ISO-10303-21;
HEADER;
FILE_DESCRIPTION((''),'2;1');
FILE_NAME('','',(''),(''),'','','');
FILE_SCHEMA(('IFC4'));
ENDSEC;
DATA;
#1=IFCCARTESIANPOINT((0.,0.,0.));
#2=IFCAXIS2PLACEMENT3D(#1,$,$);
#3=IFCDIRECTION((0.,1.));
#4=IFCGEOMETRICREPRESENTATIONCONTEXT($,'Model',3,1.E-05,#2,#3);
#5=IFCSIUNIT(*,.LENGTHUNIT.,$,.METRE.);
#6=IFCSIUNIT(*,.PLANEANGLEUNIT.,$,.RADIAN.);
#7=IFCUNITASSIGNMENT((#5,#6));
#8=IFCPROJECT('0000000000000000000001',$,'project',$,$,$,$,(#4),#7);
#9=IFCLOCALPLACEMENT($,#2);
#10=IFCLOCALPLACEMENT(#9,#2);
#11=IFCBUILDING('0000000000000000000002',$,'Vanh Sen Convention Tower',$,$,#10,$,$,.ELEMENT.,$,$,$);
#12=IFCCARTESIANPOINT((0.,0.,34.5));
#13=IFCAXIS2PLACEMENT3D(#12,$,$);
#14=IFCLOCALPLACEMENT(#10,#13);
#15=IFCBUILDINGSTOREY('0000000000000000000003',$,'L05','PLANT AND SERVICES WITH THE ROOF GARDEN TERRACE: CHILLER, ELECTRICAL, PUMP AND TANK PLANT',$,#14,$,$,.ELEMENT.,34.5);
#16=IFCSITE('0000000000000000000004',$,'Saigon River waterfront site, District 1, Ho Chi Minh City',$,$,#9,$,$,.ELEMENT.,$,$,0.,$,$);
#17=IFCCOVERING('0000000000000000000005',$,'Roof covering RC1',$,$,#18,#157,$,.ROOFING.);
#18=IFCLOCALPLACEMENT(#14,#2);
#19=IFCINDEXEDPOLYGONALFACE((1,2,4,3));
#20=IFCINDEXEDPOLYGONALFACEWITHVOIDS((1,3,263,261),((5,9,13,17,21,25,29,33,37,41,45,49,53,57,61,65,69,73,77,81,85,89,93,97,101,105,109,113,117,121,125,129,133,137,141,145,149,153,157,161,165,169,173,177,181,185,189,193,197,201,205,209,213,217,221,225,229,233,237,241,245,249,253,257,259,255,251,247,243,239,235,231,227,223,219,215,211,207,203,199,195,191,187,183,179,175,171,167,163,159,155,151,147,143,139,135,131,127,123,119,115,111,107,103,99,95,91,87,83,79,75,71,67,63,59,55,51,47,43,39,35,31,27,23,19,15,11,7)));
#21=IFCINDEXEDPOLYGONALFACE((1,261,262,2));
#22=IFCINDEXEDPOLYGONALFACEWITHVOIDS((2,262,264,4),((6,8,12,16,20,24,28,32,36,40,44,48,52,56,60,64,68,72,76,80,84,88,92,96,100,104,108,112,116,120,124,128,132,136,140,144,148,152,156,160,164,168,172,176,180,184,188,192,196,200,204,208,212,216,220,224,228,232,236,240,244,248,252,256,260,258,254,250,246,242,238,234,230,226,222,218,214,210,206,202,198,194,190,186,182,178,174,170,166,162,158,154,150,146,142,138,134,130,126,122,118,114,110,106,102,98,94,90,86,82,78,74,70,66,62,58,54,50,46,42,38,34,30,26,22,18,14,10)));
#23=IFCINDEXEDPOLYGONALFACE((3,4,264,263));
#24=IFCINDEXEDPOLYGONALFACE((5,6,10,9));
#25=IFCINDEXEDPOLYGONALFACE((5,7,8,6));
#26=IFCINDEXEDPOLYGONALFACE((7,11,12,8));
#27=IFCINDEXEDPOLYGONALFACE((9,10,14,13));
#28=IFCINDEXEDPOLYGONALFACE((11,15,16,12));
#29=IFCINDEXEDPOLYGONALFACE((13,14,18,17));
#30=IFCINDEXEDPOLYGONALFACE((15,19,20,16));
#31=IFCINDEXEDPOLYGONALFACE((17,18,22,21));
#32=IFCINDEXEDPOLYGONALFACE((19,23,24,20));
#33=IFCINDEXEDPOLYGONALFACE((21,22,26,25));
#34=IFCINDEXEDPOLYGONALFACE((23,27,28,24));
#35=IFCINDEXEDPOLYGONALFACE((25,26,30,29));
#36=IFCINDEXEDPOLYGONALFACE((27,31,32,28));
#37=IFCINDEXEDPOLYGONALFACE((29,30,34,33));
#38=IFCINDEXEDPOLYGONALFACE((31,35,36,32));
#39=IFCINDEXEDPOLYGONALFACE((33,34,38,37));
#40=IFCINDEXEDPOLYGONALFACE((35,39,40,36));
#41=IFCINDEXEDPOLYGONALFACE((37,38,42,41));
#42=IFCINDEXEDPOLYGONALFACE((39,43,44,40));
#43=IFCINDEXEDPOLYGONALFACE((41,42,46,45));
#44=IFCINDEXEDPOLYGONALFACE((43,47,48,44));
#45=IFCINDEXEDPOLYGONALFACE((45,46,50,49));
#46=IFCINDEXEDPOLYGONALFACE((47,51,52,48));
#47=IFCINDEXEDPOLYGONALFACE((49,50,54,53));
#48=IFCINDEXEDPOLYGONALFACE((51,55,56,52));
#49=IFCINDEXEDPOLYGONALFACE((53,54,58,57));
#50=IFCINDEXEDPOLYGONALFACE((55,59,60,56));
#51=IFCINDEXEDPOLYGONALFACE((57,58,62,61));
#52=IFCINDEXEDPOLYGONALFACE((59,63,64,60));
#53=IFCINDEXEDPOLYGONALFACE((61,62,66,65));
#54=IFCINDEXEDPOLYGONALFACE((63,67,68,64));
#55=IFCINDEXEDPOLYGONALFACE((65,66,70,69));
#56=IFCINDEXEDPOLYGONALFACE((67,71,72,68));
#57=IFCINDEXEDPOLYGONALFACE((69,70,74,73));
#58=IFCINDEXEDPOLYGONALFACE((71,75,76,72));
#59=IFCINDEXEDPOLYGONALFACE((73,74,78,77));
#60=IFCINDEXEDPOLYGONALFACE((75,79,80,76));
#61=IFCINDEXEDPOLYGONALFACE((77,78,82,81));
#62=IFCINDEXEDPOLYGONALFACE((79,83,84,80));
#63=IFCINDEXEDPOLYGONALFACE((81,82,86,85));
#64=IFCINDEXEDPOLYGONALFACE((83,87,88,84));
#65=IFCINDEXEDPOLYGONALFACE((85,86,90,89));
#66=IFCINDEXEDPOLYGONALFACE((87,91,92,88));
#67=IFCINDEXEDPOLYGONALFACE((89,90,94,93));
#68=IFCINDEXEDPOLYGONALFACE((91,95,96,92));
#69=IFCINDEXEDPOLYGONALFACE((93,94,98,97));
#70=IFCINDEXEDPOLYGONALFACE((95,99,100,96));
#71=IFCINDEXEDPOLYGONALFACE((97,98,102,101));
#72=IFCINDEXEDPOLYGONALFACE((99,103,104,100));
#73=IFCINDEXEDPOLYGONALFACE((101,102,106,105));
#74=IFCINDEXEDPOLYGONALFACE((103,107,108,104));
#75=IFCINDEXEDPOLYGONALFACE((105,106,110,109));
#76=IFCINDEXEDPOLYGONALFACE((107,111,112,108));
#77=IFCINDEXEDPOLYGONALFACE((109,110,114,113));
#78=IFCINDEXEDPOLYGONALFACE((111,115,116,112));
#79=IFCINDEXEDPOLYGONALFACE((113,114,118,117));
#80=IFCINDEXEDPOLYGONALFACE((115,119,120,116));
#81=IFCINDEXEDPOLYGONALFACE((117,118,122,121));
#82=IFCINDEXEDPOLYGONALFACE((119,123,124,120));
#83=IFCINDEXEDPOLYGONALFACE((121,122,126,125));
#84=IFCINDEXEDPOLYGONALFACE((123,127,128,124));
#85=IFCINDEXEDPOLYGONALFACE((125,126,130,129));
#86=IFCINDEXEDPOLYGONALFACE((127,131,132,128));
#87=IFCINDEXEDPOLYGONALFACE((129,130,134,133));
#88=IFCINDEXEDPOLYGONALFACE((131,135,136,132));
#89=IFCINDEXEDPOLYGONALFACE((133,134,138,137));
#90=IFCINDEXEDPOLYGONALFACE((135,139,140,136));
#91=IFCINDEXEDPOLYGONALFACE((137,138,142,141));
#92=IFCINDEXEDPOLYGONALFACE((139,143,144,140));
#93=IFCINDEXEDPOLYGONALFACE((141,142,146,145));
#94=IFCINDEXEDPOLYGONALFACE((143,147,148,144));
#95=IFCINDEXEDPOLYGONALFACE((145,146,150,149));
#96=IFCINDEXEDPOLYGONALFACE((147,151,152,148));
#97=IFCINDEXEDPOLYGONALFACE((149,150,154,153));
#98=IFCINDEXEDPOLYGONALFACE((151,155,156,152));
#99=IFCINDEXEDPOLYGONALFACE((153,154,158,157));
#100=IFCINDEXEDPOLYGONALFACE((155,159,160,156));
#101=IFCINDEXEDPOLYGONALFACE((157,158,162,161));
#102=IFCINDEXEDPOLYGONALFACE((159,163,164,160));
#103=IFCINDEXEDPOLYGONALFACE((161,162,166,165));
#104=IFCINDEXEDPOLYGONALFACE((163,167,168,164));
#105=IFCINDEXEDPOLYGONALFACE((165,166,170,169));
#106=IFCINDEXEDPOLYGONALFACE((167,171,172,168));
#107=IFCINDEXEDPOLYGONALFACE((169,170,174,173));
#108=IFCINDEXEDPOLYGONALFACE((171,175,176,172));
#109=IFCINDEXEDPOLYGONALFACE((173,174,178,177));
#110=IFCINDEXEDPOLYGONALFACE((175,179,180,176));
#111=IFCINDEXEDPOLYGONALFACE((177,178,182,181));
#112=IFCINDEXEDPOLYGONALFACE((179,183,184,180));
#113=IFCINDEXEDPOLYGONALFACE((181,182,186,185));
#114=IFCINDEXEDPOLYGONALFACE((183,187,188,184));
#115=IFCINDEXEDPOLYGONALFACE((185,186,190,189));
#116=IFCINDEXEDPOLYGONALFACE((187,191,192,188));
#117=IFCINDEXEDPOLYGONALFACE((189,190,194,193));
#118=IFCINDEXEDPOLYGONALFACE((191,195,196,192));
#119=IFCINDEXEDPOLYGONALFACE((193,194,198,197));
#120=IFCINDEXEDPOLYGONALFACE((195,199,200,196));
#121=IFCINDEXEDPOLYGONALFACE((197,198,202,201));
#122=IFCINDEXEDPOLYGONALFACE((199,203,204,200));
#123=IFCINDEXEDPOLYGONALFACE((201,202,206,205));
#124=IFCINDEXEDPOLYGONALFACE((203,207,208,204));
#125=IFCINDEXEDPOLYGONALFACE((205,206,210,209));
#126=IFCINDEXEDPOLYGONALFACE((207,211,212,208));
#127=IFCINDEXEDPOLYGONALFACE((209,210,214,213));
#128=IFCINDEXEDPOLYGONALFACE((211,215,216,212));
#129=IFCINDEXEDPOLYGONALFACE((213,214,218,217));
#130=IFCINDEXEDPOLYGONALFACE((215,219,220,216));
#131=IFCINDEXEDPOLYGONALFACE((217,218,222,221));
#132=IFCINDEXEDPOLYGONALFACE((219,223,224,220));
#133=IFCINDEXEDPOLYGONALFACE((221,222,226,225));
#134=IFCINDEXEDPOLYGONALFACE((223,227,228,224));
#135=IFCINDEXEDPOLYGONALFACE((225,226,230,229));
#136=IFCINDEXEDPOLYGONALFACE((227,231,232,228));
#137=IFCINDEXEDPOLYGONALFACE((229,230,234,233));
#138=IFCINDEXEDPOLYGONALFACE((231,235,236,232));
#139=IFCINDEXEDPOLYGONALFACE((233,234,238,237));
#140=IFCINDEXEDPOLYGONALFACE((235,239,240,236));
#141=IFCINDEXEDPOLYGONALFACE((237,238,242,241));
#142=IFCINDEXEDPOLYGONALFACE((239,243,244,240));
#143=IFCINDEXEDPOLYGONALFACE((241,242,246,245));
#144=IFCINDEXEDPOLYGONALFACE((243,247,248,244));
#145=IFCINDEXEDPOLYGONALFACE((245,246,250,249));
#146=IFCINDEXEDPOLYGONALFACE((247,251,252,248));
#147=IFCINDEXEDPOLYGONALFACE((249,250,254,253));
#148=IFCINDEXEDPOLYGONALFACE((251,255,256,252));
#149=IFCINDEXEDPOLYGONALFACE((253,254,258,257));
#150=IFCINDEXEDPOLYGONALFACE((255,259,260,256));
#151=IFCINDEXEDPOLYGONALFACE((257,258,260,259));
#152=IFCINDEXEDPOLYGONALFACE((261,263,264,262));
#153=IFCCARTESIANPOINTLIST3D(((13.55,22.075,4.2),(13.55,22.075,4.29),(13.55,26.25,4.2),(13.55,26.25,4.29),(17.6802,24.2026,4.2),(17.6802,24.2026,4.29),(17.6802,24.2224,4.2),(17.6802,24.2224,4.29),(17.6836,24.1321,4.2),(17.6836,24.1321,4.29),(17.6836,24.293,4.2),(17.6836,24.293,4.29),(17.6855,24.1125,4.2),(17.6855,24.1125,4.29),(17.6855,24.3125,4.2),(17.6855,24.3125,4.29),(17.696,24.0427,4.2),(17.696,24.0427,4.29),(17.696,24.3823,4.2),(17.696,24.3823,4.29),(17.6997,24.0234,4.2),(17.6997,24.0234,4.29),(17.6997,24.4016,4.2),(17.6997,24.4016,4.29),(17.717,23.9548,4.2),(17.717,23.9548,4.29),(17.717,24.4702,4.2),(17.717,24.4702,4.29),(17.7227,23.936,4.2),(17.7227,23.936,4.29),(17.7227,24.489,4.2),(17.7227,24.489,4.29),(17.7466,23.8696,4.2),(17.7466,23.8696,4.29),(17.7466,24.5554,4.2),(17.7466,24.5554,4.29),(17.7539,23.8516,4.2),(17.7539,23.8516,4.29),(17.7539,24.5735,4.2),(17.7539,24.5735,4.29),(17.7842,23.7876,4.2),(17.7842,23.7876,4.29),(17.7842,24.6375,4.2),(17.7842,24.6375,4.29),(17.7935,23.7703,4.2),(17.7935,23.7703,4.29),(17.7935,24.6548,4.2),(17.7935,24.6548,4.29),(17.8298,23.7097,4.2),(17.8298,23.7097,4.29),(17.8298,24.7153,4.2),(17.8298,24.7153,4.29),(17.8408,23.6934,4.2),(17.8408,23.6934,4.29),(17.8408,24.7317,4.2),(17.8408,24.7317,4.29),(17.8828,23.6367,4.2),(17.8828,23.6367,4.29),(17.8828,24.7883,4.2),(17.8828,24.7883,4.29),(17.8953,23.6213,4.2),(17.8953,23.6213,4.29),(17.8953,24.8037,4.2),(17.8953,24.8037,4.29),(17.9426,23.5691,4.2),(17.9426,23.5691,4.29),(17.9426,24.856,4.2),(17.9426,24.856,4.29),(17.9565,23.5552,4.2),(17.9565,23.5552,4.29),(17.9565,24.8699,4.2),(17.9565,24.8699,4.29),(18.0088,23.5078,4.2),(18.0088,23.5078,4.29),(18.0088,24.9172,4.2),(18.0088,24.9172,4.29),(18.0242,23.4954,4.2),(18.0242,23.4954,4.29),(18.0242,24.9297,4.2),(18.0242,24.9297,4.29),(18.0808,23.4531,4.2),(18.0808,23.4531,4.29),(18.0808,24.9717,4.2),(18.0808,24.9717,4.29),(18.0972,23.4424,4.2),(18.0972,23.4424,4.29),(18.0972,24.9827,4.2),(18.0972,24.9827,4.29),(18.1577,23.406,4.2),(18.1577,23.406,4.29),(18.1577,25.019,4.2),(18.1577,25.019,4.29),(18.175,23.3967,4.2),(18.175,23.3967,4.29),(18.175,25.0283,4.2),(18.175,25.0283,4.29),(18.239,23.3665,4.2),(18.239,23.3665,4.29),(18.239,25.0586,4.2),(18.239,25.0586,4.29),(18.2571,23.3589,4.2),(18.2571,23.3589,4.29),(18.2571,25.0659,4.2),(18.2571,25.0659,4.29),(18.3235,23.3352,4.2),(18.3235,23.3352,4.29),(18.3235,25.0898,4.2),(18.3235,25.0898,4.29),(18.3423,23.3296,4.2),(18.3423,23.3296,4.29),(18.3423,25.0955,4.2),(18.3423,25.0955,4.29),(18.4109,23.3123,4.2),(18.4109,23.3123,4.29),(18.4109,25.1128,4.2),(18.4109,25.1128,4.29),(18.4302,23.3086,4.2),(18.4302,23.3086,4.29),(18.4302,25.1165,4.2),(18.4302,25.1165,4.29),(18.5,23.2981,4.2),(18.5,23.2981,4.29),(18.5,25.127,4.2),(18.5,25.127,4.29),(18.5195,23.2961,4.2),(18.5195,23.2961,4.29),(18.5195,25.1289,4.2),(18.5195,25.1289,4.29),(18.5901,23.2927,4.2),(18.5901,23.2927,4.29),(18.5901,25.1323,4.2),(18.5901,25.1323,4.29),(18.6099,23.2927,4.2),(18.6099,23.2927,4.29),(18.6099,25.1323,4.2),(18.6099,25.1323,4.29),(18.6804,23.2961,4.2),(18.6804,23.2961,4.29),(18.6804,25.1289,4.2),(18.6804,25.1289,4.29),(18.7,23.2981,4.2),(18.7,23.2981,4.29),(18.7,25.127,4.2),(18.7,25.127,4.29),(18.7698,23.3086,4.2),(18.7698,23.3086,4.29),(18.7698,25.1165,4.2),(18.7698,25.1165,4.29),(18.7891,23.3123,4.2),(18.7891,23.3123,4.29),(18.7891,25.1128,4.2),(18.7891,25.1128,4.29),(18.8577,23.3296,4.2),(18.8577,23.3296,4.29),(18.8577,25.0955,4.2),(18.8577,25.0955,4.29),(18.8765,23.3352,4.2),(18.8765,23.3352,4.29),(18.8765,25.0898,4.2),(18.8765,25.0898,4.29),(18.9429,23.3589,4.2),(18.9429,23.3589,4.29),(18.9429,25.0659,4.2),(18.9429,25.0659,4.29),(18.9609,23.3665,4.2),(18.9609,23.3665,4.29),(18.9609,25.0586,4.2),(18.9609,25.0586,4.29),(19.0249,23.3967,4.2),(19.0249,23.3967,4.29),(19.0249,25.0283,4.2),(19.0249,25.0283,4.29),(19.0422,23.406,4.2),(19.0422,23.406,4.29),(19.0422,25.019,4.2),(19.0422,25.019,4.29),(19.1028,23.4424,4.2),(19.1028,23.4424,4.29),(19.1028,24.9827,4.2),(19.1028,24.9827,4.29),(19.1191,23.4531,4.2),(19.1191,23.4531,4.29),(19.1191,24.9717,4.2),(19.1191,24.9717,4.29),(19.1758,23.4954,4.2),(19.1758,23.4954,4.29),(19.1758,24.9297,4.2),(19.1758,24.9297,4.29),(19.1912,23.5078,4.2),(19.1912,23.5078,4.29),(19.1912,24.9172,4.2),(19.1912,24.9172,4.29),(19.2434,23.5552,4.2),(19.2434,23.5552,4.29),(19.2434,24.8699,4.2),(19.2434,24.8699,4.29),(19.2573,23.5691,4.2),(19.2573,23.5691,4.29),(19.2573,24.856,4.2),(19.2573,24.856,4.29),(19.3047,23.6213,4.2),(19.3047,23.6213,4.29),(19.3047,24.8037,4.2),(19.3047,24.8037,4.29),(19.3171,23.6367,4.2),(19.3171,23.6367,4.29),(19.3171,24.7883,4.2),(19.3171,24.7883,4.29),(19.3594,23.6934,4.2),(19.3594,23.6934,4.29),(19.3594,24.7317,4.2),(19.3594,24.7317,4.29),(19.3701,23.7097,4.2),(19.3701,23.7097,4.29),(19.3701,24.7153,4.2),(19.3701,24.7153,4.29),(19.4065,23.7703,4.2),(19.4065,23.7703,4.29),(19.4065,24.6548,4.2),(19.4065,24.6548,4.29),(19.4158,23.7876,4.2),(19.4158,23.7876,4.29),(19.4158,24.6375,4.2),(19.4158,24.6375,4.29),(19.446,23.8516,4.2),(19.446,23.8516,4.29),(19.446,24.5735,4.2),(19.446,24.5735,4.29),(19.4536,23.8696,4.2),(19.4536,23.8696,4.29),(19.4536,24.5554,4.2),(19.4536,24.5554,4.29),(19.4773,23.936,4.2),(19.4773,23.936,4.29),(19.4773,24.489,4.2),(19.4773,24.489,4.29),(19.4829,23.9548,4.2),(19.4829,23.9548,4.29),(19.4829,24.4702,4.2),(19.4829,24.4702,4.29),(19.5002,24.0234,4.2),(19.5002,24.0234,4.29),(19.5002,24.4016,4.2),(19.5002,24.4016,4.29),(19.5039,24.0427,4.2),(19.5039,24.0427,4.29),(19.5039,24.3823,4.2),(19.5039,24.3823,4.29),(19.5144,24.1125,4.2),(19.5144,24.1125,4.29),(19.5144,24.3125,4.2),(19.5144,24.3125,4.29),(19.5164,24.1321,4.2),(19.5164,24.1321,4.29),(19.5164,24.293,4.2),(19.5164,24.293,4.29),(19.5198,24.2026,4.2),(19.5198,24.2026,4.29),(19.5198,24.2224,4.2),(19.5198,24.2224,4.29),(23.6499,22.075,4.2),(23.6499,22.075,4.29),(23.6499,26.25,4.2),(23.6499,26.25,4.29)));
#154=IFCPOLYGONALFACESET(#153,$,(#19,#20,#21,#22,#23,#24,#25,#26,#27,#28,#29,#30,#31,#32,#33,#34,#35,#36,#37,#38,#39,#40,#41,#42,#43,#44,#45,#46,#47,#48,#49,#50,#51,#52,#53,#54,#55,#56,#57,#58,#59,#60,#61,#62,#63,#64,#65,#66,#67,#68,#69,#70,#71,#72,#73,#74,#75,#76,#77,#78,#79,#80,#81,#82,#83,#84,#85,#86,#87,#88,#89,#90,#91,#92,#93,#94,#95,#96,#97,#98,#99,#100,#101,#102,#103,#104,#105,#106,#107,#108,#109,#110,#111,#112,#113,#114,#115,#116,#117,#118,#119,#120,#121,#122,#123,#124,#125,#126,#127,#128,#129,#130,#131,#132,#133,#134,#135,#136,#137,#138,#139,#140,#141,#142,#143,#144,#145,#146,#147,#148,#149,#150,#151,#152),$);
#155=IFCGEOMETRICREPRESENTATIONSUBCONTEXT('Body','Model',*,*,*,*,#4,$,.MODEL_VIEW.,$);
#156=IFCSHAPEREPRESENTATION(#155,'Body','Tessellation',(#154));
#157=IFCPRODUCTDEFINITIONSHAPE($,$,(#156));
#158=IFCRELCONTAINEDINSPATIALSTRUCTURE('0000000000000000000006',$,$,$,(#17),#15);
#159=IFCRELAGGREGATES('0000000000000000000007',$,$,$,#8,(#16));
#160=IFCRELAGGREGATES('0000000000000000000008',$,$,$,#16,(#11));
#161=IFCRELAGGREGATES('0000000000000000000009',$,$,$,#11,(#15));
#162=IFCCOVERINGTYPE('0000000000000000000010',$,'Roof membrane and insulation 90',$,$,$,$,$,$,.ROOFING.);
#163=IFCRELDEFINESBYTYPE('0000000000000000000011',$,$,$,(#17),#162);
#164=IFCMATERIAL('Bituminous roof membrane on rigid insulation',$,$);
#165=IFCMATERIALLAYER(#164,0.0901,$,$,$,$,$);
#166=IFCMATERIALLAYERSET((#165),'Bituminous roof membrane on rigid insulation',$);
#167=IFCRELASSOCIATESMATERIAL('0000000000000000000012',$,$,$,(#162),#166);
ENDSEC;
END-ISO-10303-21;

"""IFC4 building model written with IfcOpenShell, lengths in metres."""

from ifc_helpers import new_model, si_unit, direction, frame, origin, place, context, subcontext, project, spatial, polyline, outline, extrude, material, layer, layer_set, type_object, element, save


model = new_model("IFC4")

# Units and contexts
model_context = context("Model", 3, precision=1e-05, world=origin(), true_north=direction((0.0, 1.0)))
body_context = subcontext(model_context, "Body", "Model", "MODEL_VIEW")
ifc_project = project(units=[si_unit("LENGTHUNIT", "METRE"), si_unit("PLANEANGLEUNIT", "RADIAN")], contexts=[model_context])

# Site, building, storey
site_placement = place(None, origin())
site = spatial("IfcSite", under=ifc_project, at=site_placement, Name="Saigon River waterfront site, District 1, Ho Chi Minh City", CompositionType="ELEMENT", RefElevation=0.0)
building_placement = place(site_placement, origin())
building = spatial("IfcBuilding", under=site, at=building_placement, Name="Vanh Sen Convention Tower", CompositionType="ELEMENT")
storey_placement = place(building_placement, frame((0.0, 0.0, 34.5)))
storey = spatial("IfcBuildingStorey", under=building, at=storey_placement, Name="L05", Description="PLANT AND SERVICES WITH THE ROOF GARDEN TERRACE: CHILLER, ELECTRICAL, PUMP AND TANK PLANT", CompositionType="ELEMENT", Elevation=34.5)

# Covering
ifc_material_1 = material(Name="Bituminous roof membrane on rigid insulation")
ifc_layer_1 = layer(ifc_material_1, 0.0901)
ifc_layer_set_1 = layer_set([ifc_layer_1], Name="Bituminous roof membrane on rigid insulation")
covering_type = type_object("IfcCoveringType", Name="Roof membrane and insulation 90", PredefinedType="ROOFING", material=ifc_layer_set_1)
covering_1_placement = place(storey_placement, frame((0.0, 0.0, 4.2)))
element("IfcCovering", 1, at=covering_1_placement, inside=storey, type_object=covering_type, Name="Roof covering RC1", PredefinedType="ROOFING", context=body_context, shape_type="SweptSolid", body=[
    extrude(outline(polyline([(13.55, 22.075), (23.6499, 22.075), (23.6499, 26.25), (13.55, 26.25), (13.55, 22.075)]), holes=[polyline([(19.4536, 23.8696), (19.4773, 23.936), (19.4829, 23.9548), (19.5002, 24.0234), (19.5039, 24.0427), (19.5144, 24.1125), (19.5164, 24.1321), (19.5198, 24.2026), (19.5198, 24.2224), (19.5164, 24.293), (19.5144, 24.3125), (19.5039, 24.3823), (19.5002, 24.4016), (19.4829, 24.4702), (19.4773, 24.489), (19.4536, 24.5554), (19.446, 24.5735), (19.4158, 24.6375), (19.4065, 24.6548), (19.3701, 24.7153), (19.3594, 24.7317), (19.3171, 24.7883), (19.3047, 24.8037), (19.2573, 24.856), (19.2434, 24.8699), (19.1912, 24.9172), (19.1758, 24.9297), (19.1191, 24.9717), (19.1028, 24.9827), (19.0422, 25.019), (19.0249, 25.0283), (18.9609, 25.0586), (18.9429, 25.0659), (18.8765, 25.0898), (18.8577, 25.0955), (18.7891, 25.1128), (18.7698, 25.1165), (18.7, 25.127), (18.6804, 25.1289), (18.6099, 25.1323), (18.5901, 25.1323), (18.5195, 25.1289), (18.5, 25.127), (18.4302, 25.1165), (18.4109, 25.1128), (18.3423, 25.0955), (18.3235, 25.0898), (18.2571, 25.0659), (18.239, 25.0586), (18.175, 25.0283), (18.1577, 25.019), (18.0972, 24.9827), (18.0808, 24.9717), (18.0242, 24.9297), (18.0088, 24.9172), (17.9565, 24.8699), (17.9426, 24.856), (17.8953, 24.8037), (17.8828, 24.7883), (17.8408, 24.7317), (17.8298, 24.7153), (17.7935, 24.6548), (17.7842, 24.6375), (17.7539, 24.5735), (17.7466, 24.5554), (17.7227, 24.489), (17.717, 24.4702), (17.6997, 24.4016), (17.696, 24.3823), (17.6855, 24.3125), (17.6836, 24.293), (17.6802, 24.2224), (17.6802, 24.2026), (17.6836, 24.1321), (17.6855, 24.1125), (17.696, 24.0427), (17.6997, 24.0234), (17.717, 23.9548), (17.7227, 23.936), (17.7466, 23.8696), (17.7539, 23.8516), (17.7842, 23.7876), (17.7935, 23.7703), (17.8298, 23.7097), (17.8408, 23.6934), (17.8828, 23.6367), (17.8953, 23.6213), (17.9426, 23.5691), (17.9565, 23.5552), (18.0088, 23.5078), (18.0242, 23.4954), (18.0808, 23.4531), (18.0972, 23.4424), (18.1577, 23.406), (18.175, 23.3967), (18.239, 23.3665), (18.2571, 23.3589), (18.3235, 23.3352), (18.3423, 23.3296), (18.4109, 23.3123), (18.4302, 23.3086), (18.5, 23.2981), (18.5195, 23.2961), (18.5901, 23.2927), (18.6099, 23.2927), (18.6804, 23.2961), (18.7, 23.2981), (18.7698, 23.3086), (18.7891, 23.3123), (18.8577, 23.3296), (18.8765, 23.3352), (18.9429, 23.3589), (18.9609, 23.3665), (19.0249, 23.3967), (19.0422, 23.406), (19.1028, 23.4424), (19.1191, 23.4531), (19.1758, 23.4954), (19.1912, 23.5078), (19.2434, 23.5552), (19.2573, 23.5691), (19.3047, 23.6213), (19.3171, 23.6367), (19.3594, 23.6934), (19.3701, 23.7097), (19.4065, 23.7703), (19.4158, 23.7876), (19.446, 23.8516), (19.4536, 23.8696)])]), origin(), (0.0, 0.0, 1.0), 0.0901),
])

save(model, "model.ifc")
